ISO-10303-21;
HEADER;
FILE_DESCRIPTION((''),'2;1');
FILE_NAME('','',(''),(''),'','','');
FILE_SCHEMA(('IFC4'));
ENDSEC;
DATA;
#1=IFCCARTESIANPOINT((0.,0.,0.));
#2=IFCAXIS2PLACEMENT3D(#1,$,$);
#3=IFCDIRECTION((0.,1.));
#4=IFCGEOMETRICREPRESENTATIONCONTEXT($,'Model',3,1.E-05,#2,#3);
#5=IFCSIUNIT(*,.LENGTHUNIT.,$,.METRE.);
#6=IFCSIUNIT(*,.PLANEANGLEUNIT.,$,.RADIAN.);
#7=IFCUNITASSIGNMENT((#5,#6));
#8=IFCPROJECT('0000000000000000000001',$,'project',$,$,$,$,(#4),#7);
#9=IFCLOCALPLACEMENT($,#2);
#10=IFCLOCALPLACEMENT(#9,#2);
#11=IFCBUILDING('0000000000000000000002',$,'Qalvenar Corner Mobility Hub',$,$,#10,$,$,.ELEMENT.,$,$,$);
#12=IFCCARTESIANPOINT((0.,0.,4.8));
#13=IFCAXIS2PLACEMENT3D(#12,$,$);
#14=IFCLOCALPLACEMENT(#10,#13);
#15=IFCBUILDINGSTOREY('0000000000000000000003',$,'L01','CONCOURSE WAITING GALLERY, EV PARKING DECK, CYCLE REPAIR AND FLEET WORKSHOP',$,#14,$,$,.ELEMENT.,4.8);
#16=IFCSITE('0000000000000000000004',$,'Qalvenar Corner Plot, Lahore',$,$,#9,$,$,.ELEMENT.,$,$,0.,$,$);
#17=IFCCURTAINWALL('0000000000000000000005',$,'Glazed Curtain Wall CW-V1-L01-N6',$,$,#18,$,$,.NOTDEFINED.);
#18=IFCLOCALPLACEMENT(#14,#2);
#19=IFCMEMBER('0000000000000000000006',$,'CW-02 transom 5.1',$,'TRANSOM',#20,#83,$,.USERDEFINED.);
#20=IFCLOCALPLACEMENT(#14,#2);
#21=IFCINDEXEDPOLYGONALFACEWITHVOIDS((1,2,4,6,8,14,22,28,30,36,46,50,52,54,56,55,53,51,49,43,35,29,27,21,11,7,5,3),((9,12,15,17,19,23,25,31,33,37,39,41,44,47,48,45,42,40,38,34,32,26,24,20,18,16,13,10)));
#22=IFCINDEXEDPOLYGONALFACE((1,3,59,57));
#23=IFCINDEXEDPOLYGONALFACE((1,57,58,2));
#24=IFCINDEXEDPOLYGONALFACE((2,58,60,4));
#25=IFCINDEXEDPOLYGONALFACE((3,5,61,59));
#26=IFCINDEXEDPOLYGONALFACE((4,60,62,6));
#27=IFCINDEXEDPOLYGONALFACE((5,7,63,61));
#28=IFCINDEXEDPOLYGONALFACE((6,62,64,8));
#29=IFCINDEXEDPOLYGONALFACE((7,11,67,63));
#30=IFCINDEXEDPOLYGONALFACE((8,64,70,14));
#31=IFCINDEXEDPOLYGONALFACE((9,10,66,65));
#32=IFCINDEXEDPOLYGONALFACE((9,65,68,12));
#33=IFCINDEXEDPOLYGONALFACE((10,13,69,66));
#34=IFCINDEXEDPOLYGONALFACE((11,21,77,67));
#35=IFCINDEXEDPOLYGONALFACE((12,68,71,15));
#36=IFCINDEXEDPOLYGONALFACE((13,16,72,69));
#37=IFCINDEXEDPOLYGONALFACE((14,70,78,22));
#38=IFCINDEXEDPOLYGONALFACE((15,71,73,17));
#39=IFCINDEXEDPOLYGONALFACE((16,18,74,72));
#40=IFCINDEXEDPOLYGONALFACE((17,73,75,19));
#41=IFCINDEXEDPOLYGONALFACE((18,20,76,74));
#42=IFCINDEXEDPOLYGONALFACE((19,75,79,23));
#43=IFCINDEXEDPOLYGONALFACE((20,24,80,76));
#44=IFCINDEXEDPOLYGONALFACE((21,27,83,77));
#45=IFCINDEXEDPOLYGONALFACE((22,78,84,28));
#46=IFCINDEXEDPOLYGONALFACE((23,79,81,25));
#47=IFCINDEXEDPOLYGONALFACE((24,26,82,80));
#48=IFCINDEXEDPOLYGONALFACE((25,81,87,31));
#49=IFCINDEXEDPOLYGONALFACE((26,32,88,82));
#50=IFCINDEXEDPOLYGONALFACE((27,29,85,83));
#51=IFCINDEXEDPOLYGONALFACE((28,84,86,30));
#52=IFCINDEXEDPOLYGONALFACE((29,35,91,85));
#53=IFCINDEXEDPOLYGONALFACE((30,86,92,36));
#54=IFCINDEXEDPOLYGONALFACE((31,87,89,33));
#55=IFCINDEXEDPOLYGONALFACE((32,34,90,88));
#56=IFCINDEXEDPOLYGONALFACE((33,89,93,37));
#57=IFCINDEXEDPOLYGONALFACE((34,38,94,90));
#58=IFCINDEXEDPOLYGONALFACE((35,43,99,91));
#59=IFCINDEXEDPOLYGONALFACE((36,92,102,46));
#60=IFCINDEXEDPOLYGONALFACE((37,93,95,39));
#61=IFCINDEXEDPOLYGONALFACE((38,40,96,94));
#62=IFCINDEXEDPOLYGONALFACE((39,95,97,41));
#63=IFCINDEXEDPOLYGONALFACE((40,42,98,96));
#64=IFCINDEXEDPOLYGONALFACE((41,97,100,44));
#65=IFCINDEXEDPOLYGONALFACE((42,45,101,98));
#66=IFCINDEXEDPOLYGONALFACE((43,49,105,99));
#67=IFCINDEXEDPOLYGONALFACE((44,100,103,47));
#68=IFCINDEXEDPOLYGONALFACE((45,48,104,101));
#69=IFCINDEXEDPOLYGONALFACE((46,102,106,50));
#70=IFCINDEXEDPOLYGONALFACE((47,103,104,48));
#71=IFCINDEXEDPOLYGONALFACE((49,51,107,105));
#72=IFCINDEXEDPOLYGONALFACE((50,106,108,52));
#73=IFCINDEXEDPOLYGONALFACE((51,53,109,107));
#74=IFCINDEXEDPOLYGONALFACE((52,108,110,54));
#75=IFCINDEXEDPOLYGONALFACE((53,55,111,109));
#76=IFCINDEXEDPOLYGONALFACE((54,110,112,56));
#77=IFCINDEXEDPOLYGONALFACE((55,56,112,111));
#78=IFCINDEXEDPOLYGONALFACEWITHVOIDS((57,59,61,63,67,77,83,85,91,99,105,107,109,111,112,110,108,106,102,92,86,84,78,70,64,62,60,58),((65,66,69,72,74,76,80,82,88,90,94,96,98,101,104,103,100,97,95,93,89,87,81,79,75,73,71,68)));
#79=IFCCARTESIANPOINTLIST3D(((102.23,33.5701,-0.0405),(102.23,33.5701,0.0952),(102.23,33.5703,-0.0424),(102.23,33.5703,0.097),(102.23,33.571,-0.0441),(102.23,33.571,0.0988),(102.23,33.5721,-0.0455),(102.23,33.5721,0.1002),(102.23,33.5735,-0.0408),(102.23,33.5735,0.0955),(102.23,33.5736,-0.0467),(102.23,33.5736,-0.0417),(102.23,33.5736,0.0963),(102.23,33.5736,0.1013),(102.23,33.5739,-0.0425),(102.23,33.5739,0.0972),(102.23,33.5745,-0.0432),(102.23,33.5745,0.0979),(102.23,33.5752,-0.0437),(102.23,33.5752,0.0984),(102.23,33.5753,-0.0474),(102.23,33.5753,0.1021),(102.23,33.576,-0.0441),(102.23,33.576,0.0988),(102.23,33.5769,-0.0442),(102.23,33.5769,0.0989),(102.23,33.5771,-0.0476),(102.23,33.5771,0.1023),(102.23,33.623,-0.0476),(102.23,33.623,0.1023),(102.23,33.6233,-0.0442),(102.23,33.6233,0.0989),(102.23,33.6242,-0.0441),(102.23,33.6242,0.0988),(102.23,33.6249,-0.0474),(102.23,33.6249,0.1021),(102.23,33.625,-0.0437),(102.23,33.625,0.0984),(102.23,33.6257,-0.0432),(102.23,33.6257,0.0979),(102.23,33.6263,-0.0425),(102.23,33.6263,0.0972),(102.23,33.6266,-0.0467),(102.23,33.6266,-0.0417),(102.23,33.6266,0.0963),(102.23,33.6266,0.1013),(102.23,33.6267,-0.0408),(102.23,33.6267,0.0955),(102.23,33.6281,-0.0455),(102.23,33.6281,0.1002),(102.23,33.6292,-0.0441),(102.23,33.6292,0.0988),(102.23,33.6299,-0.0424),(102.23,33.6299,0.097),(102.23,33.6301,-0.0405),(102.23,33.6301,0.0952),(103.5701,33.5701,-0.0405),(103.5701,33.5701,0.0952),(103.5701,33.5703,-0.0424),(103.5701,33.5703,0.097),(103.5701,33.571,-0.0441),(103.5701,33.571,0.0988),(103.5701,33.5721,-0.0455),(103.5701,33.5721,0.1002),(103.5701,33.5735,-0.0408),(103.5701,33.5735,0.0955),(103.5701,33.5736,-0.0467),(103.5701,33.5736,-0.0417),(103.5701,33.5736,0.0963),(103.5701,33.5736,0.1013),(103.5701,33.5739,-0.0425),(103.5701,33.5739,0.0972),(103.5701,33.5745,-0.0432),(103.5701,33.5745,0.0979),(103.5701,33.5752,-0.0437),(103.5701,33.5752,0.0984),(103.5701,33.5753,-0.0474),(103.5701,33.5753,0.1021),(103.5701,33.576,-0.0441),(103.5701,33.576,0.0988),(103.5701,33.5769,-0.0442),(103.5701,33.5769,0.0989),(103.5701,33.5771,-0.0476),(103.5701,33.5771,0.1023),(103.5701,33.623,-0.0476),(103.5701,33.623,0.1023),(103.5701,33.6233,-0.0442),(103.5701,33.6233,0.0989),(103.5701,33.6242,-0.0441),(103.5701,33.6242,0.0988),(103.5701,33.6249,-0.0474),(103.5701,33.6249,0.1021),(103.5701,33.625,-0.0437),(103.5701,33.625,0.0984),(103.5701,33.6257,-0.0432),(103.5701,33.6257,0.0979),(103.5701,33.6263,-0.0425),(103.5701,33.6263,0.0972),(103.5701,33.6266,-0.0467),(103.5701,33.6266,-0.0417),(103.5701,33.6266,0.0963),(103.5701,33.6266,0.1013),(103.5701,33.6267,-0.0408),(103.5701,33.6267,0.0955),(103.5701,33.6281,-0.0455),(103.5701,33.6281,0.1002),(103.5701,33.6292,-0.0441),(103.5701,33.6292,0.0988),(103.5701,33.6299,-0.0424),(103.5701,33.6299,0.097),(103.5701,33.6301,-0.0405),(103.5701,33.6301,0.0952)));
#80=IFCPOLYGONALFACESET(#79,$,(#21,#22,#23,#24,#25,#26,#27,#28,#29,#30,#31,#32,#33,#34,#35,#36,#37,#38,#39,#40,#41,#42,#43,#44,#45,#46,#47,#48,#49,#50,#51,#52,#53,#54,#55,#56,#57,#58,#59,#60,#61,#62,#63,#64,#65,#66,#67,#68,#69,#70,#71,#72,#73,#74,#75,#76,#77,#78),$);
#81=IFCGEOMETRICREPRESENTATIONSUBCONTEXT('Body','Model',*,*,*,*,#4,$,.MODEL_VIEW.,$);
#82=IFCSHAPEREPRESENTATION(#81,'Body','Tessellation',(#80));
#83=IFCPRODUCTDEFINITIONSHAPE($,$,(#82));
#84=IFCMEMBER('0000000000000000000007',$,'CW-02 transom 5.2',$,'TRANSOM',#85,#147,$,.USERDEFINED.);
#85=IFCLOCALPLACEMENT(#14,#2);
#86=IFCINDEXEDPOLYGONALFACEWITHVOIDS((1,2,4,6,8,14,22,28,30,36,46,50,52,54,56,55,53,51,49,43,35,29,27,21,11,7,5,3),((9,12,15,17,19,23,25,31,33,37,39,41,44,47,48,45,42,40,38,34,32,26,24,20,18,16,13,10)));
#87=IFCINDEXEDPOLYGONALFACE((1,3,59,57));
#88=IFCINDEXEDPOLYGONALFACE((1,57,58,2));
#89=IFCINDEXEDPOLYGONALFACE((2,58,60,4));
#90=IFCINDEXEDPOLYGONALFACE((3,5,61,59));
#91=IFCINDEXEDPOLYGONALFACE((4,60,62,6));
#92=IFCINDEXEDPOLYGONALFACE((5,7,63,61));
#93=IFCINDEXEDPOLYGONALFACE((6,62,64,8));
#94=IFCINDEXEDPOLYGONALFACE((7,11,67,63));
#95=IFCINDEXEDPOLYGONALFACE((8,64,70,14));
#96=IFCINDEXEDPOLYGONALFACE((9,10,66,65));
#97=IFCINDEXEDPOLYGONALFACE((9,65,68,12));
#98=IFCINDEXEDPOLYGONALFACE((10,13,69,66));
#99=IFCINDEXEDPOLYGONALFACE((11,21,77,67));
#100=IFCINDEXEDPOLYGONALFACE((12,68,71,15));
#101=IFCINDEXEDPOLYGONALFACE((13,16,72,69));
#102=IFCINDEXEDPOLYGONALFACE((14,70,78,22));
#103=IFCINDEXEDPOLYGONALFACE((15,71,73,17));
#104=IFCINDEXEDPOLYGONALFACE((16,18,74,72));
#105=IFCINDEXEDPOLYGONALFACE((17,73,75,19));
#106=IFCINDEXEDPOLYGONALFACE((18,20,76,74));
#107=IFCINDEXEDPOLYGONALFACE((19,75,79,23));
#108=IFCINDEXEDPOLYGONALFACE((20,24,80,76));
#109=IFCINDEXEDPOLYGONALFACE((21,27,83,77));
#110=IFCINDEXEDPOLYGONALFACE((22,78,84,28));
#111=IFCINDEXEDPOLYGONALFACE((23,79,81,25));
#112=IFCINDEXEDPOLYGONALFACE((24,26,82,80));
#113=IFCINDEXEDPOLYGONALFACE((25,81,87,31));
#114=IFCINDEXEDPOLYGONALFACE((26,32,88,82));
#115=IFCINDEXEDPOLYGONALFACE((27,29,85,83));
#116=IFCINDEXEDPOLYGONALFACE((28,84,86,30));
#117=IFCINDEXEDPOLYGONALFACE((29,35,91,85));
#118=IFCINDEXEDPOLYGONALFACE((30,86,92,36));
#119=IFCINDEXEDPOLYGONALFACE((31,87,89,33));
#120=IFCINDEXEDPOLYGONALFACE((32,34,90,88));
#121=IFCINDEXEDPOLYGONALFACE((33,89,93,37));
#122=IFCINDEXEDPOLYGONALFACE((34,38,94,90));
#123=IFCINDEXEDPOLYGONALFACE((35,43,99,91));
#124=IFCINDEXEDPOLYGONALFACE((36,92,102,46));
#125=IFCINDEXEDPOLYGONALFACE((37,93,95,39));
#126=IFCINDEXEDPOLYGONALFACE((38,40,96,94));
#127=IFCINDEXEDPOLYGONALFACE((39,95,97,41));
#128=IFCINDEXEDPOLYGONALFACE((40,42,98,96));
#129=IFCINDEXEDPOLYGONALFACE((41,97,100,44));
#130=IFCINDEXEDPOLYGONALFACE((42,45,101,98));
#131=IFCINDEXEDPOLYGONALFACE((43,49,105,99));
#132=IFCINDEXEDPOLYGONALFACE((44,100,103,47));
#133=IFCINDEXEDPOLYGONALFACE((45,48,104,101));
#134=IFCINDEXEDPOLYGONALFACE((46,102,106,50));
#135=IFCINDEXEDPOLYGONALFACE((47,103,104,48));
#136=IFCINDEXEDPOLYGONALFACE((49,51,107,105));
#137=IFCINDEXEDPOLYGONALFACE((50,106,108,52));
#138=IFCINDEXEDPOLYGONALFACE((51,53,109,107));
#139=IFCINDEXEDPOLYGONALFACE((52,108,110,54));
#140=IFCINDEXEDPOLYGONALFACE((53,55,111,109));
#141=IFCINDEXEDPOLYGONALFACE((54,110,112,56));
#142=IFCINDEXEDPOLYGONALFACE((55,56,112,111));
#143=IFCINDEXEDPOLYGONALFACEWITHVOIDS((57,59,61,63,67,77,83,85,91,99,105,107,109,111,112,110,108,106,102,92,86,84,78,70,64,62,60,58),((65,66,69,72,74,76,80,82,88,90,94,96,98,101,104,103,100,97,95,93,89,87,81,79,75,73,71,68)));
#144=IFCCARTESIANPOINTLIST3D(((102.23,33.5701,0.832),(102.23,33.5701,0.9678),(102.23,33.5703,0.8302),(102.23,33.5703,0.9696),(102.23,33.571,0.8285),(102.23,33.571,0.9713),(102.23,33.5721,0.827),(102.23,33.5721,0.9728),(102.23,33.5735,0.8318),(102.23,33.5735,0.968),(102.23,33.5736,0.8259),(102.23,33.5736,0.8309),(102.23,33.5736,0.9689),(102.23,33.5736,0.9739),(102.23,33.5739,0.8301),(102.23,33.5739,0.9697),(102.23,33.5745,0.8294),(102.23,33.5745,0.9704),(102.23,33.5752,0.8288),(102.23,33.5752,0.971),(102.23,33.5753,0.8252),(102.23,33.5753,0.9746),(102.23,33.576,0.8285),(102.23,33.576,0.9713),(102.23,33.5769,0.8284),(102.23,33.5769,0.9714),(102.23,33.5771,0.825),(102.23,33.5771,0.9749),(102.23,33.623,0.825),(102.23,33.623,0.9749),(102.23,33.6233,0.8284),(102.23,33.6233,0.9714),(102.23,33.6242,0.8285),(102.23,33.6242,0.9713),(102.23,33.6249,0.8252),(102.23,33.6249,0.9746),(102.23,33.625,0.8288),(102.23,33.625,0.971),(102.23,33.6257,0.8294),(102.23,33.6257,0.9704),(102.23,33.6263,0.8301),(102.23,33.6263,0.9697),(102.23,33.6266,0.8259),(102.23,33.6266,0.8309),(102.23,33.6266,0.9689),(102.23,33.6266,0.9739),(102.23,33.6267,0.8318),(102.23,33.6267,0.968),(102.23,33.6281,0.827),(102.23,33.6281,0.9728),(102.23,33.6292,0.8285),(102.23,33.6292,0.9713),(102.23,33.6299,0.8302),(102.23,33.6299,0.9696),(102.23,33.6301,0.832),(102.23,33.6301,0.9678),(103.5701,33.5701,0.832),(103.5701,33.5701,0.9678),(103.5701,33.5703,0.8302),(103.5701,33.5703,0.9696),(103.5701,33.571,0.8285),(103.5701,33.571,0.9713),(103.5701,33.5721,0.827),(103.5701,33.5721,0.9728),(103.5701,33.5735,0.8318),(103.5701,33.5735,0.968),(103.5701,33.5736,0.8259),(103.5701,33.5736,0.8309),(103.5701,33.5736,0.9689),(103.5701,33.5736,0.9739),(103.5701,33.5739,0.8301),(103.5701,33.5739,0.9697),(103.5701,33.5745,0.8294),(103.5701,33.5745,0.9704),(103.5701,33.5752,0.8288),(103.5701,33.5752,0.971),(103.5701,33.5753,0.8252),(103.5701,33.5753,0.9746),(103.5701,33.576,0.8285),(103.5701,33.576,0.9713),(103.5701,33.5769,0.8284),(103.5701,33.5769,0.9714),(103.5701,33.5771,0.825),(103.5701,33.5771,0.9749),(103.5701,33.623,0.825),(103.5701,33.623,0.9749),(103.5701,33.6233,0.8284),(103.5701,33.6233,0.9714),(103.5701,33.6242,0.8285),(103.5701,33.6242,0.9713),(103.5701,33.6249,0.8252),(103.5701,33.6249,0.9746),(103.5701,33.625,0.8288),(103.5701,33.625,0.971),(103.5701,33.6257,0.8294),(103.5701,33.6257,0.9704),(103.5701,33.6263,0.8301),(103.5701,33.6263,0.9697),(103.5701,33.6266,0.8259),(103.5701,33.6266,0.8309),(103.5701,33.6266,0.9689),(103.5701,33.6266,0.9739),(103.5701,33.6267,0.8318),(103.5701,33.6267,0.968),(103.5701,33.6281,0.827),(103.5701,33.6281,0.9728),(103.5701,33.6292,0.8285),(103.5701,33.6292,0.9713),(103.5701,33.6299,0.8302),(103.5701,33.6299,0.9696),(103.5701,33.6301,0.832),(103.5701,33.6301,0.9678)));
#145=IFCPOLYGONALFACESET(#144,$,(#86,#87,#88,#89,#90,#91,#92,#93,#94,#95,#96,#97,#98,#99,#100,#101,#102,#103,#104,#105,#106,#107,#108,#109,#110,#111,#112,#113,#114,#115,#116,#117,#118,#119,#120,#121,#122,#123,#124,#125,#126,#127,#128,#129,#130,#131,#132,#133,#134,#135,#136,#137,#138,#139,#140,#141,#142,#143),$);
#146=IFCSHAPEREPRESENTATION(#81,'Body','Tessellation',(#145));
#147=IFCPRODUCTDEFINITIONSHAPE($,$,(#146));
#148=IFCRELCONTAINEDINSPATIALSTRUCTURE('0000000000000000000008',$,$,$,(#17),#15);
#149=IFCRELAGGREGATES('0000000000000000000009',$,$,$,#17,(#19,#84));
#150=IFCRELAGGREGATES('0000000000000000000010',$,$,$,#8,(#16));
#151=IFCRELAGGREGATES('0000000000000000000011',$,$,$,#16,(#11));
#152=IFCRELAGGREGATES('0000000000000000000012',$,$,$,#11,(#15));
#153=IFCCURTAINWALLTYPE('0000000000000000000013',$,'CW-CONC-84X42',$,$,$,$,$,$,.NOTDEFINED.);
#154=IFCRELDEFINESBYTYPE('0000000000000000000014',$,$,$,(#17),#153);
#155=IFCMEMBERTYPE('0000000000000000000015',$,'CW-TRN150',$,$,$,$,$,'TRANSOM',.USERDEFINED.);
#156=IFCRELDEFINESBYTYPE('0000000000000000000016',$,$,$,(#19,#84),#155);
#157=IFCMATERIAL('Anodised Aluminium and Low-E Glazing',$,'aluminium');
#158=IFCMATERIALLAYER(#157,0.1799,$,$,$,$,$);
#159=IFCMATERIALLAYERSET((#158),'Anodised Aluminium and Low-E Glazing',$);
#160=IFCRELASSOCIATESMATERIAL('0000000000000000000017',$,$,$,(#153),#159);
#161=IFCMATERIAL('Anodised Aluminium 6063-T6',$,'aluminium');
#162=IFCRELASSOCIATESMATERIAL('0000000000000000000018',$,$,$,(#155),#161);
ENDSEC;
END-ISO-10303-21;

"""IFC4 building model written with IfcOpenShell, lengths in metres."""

from ifc_helpers import new_model, si_unit, direction, frame, origin, origin_2d, place, context, subcontext, project, spatial, hollow_rectangle, extrude, material, layer, layer_set, material_profile, profile_set, type_object, element, aggregate, save


model = new_model("IFC4")

# Units and contexts
model_context = context("Model", 3, precision=1e-05, world=origin(), true_north=direction((0.0, 1.0)))
body_context = subcontext(model_context, "Body", "Model", "MODEL_VIEW")
ifc_project = project(units=[si_unit("LENGTHUNIT", "METRE"), si_unit("PLANEANGLEUNIT", "RADIAN")], contexts=[model_context])

# Site, building, storey
site_placement = place(None, origin())
site = spatial("IfcSite", under=ifc_project, at=site_placement, Name="Qalvenar Corner Plot, Lahore", CompositionType="ELEMENT", RefElevation=0.0)
building_placement = place(site_placement, origin())
building = spatial("IfcBuilding", under=site, at=building_placement, Name="Qalvenar Corner Mobility Hub", CompositionType="ELEMENT")
storey_placement = place(building_placement, frame((0.0, 0.0, 4.8)))
storey = spatial("IfcBuildingStorey", under=building, at=storey_placement, Name="L01", Description="CONCOURSE WAITING GALLERY, EV PARKING DECK, CYCLE REPAIR AND FLEET WORKSHOP", CompositionType="ELEMENT", Elevation=4.8)

# Curtain wall, members
ifc_material_1 = material(Name="Anodised Aluminium and Low-E Glazing", Category="aluminium")
ifc_layer_1 = layer(ifc_material_1, 0.1799)
ifc_layer_set_1 = layer_set([ifc_layer_1], Name="Anodised Aluminium and Low-E Glazing")
curtain_wall_type = type_object("IfcCurtainWallType", Name="CW-CONC-84X42", PredefinedType="NOTDEFINED", material=ifc_layer_set_1)
curtain_wall_placement = place(storey_placement, origin())
curtain_wall = element("IfcCurtainWall", 1, at=curtain_wall_placement, inside=storey, type_object=curtain_wall_type, Name="Glazed Curtain Wall CW-V1-L01-N6", PredefinedType="NOTDEFINED")
ifc_material_2 = material(Name="Anodised Aluminium 6063-T6", Category="aluminium")
ifc_material_profile_1 = material_profile(ifc_material_2, hollow_rectangle(XDim=0.0601, YDim=0.1499, WallThickness=0.0034, InnerFilletRadius=0.0034, OuterFilletRadius=0.0071, at=origin_2d()), Name="RHS150x60x3.5")
ifc_profile_set_1 = profile_set([ifc_material_profile_1], Name="Anodised Aluminium 6063-T6")
member_type_1 = type_object("IfcMemberType", Name="CW-TRN150", ElementType="TRANSOM", PredefinedType="USERDEFINED", material=ifc_profile_set_1)
member_1_placement = place(storey_placement, frame((103.5701, 33.6001, 0.0273), z_axis=(-1.0, 0.0, 0.0), x_axis=(0.0, -1.0, 0.0)))
member_1 = element("IfcMember", 2, at=member_1_placement, type_object=member_type_1, Name="CW-02 transom 5.1", ObjectType="TRANSOM", PredefinedType="USERDEFINED", context=body_context, shape_type="SweptSolid", body=[
    extrude(hollow_rectangle(XDim=0.0601, YDim=0.1499, WallThickness=0.0034, InnerFilletRadius=0.0034, OuterFilletRadius=0.0071, at=origin_2d()), origin(), (0.0, 0.0, 1.0), 1.3401),
])
member_2_placement = place(storey_placement, frame((103.5701, 33.6001, 0.8999), z_axis=(-1.0, 0.0, 0.0), x_axis=(0.0, -1.0, 0.0)))
member_2 = element("IfcMember", 3, at=member_2_placement, type_object=member_type_1, Name="CW-02 transom 5.2", ObjectType="TRANSOM", PredefinedType="USERDEFINED", context=body_context, shape_type="SweptSolid", body=[
    extrude(hollow_rectangle(XDim=0.0601, YDim=0.1499, WallThickness=0.0034, InnerFilletRadius=0.0034, OuterFilletRadius=0.0071, at=origin_2d()), origin(), (0.0, 0.0, 1.0), 1.3401),
])
aggregate(curtain_wall, [member_1, member_2])

save(model, "model.ifc")
